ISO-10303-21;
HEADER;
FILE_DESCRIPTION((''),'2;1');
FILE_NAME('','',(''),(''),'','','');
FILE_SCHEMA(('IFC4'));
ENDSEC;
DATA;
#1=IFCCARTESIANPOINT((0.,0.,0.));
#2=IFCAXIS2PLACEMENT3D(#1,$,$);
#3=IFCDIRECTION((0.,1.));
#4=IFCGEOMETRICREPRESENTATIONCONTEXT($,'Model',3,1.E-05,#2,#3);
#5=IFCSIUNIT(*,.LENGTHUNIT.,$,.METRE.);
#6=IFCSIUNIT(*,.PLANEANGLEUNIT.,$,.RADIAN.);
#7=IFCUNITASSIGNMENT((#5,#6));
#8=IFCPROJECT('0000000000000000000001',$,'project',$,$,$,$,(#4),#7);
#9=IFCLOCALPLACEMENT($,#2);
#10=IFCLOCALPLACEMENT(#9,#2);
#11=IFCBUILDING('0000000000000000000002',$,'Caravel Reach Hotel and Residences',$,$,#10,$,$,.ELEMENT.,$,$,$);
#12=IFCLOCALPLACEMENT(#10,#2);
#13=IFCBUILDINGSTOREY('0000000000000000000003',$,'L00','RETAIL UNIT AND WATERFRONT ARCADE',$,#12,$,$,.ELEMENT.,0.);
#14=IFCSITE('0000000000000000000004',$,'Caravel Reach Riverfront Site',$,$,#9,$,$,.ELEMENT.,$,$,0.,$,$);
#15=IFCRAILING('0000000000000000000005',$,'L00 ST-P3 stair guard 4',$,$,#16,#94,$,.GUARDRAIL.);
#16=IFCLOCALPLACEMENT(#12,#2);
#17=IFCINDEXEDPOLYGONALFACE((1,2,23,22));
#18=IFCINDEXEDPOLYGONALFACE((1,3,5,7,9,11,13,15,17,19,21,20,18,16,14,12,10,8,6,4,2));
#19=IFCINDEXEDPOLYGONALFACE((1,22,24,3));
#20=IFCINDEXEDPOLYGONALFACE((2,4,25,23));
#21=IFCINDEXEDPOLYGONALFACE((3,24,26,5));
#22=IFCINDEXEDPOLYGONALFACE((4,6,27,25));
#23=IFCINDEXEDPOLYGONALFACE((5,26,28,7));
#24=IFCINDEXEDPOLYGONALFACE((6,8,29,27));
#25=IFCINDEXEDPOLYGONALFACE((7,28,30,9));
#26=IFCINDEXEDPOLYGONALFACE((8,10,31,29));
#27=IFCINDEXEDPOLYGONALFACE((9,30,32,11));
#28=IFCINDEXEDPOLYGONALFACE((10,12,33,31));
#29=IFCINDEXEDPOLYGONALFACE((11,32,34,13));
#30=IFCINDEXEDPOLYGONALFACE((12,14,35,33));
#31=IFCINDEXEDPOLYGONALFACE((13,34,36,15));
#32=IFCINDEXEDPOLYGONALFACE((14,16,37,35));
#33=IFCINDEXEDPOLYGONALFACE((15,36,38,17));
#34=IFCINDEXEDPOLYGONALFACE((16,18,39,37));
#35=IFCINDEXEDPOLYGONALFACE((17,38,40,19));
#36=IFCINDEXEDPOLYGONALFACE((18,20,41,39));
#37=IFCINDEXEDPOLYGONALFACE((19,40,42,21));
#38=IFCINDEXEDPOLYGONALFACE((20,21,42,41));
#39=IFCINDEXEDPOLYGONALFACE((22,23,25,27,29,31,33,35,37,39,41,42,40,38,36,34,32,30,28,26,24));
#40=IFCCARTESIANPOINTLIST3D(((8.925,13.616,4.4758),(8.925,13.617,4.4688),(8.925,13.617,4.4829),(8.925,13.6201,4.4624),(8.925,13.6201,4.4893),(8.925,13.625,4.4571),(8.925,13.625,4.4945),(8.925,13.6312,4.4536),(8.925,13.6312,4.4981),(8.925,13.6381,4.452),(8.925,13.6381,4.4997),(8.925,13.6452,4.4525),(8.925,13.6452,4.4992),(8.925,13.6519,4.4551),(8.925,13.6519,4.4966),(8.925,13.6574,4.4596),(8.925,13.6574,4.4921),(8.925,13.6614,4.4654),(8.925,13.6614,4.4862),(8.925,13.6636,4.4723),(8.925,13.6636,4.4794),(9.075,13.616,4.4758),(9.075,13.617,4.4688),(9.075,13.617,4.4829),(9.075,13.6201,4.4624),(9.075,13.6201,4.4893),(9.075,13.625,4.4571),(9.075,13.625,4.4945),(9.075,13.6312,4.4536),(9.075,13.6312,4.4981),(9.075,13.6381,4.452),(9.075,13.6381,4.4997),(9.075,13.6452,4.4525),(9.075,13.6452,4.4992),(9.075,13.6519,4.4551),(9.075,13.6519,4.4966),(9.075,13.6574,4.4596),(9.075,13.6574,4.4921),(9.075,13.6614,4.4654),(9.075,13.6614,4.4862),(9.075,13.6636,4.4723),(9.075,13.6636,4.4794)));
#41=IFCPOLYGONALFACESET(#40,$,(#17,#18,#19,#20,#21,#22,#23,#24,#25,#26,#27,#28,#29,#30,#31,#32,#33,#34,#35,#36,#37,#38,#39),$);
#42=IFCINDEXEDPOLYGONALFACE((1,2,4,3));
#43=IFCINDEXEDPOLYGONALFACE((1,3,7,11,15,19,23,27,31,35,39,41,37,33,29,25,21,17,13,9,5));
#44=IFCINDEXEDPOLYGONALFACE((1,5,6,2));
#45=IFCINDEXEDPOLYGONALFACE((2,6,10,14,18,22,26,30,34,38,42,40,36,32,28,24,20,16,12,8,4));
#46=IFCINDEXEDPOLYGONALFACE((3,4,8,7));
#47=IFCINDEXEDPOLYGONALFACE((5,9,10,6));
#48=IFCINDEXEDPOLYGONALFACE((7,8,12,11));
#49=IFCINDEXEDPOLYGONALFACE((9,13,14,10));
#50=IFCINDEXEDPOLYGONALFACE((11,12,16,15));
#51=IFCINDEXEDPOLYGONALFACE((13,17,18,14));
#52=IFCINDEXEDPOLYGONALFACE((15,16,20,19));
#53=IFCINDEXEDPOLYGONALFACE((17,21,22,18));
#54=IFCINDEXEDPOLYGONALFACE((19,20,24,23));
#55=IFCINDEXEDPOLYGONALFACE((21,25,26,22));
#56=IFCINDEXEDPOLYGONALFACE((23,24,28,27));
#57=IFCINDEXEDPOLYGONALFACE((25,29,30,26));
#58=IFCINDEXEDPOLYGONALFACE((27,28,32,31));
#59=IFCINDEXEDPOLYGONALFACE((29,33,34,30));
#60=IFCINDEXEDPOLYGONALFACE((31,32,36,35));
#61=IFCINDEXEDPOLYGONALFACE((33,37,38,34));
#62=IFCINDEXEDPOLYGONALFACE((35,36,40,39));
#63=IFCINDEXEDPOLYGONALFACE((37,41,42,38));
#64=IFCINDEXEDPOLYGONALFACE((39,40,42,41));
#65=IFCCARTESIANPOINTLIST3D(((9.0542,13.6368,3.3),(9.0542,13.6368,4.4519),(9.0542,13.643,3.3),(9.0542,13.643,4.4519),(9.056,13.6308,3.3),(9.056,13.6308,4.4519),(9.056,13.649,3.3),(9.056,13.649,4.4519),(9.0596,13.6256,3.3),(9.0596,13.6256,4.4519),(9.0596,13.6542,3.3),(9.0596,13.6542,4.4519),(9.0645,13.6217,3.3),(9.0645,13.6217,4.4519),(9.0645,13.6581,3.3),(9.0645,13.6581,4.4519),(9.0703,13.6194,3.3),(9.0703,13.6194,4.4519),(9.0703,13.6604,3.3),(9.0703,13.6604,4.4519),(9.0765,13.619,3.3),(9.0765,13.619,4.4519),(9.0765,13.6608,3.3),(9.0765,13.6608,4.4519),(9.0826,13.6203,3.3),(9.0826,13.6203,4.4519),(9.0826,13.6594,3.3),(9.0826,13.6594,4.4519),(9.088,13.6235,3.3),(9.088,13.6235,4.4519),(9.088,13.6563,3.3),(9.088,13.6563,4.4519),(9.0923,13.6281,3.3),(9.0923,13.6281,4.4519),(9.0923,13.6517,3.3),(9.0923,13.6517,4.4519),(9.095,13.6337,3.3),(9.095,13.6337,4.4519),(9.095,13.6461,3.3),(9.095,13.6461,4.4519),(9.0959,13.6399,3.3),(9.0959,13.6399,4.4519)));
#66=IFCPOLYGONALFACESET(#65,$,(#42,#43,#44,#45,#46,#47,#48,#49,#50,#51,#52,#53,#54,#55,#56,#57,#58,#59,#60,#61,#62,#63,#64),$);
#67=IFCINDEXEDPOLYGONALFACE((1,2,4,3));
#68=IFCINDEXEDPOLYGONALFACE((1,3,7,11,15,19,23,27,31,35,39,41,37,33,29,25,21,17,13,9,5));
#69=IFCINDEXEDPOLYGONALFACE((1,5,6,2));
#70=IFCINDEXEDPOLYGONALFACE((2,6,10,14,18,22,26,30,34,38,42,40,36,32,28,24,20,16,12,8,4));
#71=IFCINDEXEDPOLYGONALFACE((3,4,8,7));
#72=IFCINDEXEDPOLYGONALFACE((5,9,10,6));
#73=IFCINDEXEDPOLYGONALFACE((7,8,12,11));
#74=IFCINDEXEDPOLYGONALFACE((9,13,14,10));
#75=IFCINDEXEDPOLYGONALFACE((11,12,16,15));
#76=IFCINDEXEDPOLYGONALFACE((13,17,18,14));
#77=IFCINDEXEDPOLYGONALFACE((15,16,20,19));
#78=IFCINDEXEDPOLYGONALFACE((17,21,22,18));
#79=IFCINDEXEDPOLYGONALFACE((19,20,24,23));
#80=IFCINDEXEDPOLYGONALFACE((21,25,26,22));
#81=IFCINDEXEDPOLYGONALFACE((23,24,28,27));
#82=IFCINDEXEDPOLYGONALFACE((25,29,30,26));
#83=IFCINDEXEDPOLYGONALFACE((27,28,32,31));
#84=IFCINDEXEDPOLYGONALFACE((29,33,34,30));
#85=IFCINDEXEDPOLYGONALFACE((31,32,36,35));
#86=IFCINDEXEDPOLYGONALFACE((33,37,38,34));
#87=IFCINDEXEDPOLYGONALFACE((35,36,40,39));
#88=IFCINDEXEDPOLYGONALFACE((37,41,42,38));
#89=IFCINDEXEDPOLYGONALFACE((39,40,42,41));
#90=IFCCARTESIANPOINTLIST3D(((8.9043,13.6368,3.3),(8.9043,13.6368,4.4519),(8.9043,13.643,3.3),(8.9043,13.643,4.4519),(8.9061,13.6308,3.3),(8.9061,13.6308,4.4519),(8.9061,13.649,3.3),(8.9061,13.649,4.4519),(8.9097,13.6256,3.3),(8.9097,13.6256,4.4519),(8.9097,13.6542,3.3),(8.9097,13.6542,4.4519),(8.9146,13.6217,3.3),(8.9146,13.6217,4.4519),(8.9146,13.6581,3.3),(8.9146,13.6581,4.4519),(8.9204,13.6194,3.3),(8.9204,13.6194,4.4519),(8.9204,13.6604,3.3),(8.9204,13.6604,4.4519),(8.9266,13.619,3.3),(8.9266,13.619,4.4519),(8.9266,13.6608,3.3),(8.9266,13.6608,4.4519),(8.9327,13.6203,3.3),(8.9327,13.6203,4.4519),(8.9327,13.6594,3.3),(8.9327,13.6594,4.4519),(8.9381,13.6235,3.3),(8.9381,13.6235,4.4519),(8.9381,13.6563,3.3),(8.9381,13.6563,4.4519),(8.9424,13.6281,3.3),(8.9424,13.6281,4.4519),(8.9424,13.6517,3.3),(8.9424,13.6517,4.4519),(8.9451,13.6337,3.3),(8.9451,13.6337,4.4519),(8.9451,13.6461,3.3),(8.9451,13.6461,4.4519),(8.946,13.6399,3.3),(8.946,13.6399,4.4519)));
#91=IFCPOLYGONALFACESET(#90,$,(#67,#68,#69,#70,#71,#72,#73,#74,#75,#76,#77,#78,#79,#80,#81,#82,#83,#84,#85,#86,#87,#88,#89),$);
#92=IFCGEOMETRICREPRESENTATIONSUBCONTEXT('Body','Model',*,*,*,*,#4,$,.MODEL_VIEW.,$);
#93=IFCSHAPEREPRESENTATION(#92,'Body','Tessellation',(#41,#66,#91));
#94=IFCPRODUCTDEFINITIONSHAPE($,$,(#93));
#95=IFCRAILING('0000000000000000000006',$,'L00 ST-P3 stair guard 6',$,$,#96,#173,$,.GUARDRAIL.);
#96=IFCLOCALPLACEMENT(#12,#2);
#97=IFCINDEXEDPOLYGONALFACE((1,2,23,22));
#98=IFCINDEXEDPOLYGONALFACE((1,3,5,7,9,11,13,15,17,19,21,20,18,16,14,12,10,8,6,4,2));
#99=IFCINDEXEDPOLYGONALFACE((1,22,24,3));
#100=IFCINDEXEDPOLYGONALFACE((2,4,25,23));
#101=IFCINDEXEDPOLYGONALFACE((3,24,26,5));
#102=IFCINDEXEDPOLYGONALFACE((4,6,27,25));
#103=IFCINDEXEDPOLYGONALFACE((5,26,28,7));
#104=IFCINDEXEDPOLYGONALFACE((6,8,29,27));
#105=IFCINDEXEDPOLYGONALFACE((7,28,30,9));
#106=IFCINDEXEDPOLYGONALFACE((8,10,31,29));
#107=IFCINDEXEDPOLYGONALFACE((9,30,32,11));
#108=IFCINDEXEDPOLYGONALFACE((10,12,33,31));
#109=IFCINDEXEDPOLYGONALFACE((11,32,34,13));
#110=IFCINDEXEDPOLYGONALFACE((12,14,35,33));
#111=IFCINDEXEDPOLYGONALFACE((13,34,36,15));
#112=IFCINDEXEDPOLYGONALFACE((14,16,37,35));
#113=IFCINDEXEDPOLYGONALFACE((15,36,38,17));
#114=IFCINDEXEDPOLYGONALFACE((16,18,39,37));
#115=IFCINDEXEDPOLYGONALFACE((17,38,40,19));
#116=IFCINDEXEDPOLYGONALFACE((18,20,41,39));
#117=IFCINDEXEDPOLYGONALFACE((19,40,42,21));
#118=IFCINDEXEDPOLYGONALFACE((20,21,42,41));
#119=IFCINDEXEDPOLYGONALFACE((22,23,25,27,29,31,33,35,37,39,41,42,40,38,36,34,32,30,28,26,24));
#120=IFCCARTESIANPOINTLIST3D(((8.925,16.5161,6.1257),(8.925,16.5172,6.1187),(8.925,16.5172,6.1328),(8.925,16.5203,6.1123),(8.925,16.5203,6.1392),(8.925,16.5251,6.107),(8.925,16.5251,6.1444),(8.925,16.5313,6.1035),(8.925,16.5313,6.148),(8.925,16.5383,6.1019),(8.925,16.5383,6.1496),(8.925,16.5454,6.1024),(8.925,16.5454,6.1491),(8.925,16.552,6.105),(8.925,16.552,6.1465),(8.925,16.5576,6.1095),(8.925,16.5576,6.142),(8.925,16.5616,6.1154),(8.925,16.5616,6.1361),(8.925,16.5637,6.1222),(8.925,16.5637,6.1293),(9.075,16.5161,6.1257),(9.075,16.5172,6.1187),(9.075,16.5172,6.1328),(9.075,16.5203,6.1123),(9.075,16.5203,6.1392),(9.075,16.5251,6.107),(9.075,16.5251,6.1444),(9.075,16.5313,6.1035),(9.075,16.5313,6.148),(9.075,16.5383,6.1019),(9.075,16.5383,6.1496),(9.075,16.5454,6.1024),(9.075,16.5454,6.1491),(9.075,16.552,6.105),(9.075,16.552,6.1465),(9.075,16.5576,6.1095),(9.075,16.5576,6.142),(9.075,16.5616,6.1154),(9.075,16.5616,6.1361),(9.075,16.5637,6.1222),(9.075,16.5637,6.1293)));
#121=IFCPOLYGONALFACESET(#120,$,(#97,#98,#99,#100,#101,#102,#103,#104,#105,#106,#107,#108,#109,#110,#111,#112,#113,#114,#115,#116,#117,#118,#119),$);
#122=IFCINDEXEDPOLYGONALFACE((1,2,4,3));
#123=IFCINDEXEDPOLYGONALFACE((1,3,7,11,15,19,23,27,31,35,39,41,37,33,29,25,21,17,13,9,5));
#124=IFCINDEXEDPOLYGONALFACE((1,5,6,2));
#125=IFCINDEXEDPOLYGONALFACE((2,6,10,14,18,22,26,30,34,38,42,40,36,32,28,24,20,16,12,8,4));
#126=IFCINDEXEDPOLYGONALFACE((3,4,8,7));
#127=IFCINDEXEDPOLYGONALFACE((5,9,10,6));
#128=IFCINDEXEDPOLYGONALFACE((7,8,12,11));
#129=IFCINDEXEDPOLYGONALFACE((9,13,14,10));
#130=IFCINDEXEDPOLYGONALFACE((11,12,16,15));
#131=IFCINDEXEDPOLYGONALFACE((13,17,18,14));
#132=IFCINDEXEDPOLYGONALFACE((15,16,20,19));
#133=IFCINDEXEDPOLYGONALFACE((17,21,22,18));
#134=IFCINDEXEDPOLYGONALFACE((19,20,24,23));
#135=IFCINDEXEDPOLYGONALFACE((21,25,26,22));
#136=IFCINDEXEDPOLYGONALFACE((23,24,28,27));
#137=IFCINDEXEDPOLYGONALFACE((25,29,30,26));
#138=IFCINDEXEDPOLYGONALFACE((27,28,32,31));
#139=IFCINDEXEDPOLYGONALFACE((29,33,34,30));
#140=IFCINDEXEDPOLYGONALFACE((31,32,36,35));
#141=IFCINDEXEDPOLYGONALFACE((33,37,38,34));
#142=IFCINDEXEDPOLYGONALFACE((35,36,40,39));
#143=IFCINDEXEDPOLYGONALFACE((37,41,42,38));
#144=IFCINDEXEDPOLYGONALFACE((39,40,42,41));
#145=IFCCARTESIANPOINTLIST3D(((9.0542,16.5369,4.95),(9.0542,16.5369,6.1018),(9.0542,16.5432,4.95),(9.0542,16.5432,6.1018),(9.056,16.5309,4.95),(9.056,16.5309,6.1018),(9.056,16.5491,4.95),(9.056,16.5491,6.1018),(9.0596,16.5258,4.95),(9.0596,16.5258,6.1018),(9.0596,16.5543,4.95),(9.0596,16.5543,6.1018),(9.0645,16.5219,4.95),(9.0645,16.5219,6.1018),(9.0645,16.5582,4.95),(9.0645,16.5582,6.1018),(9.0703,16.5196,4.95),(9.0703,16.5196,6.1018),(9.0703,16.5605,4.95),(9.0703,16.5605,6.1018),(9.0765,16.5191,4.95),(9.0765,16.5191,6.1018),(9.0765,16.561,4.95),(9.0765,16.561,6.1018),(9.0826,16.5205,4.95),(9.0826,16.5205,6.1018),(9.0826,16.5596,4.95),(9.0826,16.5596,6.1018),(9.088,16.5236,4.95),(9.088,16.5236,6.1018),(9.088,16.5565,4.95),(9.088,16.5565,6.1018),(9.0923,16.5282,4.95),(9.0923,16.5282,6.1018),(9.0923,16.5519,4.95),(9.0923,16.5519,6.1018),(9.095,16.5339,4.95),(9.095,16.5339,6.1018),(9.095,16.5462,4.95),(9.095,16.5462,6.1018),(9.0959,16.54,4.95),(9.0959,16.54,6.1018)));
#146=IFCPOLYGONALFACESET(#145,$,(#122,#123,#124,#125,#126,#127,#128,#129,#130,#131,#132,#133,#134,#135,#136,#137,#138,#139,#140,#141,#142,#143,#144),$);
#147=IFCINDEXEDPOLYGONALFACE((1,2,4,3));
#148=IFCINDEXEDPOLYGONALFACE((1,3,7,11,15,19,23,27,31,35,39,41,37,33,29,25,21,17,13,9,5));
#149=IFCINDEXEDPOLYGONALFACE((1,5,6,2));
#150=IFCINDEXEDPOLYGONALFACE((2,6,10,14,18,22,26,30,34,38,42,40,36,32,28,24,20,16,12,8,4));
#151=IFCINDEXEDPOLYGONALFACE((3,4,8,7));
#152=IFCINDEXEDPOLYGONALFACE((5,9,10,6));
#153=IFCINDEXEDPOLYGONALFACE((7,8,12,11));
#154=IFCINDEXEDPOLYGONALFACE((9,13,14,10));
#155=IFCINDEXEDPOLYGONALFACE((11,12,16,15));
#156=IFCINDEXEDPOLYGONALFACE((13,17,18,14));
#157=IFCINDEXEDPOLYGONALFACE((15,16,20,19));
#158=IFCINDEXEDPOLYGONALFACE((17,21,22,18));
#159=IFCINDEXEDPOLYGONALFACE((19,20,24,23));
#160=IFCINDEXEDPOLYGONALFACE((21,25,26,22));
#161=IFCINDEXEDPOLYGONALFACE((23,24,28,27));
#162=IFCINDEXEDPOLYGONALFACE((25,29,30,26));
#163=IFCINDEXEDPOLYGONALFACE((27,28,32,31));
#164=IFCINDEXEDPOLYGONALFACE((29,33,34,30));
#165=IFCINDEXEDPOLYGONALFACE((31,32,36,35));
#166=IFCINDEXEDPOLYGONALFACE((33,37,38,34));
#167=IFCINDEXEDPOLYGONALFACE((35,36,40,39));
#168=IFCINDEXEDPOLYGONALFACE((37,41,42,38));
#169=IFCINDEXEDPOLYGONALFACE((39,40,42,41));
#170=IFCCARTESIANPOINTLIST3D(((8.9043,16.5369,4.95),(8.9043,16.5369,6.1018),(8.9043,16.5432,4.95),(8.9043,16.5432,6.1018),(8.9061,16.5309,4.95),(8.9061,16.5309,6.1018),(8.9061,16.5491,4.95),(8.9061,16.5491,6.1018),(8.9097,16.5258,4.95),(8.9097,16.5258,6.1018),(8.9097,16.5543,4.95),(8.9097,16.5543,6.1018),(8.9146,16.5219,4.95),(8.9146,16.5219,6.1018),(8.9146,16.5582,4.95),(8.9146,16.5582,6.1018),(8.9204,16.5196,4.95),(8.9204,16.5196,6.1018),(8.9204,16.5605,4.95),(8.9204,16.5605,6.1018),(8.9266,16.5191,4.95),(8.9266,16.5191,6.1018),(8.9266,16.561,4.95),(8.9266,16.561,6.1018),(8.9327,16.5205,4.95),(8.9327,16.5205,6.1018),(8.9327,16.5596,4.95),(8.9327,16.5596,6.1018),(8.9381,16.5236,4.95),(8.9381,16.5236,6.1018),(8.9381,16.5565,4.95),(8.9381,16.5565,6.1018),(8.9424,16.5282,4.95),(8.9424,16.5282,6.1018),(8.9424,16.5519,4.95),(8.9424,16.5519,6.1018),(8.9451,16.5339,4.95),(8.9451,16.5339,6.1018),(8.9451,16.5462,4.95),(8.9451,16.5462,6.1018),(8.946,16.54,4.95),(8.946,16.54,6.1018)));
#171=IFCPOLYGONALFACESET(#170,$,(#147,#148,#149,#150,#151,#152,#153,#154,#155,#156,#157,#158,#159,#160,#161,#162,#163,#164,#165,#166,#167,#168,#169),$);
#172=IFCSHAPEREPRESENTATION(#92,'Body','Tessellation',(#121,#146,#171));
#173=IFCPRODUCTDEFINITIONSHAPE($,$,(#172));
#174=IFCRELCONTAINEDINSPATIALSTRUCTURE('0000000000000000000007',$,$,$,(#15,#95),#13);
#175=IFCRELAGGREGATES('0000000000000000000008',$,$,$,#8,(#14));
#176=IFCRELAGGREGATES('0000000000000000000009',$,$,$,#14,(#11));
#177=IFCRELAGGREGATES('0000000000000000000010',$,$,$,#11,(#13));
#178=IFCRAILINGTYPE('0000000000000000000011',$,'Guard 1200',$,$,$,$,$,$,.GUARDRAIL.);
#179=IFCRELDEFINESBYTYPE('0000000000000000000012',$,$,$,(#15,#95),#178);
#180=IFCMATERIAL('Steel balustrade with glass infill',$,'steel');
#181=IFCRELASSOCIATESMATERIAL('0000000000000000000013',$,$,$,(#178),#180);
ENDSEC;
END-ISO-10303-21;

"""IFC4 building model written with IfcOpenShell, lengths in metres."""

from ifc_helpers import new_model, si_unit, direction, frame, origin, origin_2d, place, context, subcontext, project, spatial, circle, extrude, material, type_object, element, save


model = new_model("IFC4")

# Units and contexts
model_context = context("Model", 3, precision=1e-05, world=origin(), true_north=direction((0.0, 1.0)))
body_context = subcontext(model_context, "Body", "Model", "MODEL_VIEW")
ifc_project = project(units=[si_unit("LENGTHUNIT", "METRE"), si_unit("PLANEANGLEUNIT", "RADIAN")], contexts=[model_context])

# Site, building, storey
site_placement = place(None, origin())
site = spatial("IfcSite", under=ifc_project, at=site_placement, Name="Caravel Reach Riverfront Site", CompositionType="ELEMENT", RefElevation=0.0)
building_placement = place(site_placement, origin())
building = spatial("IfcBuilding", under=site, at=building_placement, Name="Caravel Reach Hotel and Residences", CompositionType="ELEMENT")
storey_placement = place(building_placement, origin())
storey = spatial("IfcBuildingStorey", under=building, at=storey_placement, Name="L00", Description="RETAIL UNIT AND WATERFRONT ARCADE", CompositionType="ELEMENT", Elevation=0.0)

# Railings
ifc_material_1 = material(Name="Steel balustrade with glass infill", Category="steel")
railing_type_1 = type_object("IfcRailingType", Name="Guard 1200", PredefinedType="GUARDRAIL", material=ifc_material_1)
for number, where, name in (
    (1, (9.075, 13.6399, 3.3), "L00 ST-P3 stair guard 4"),
    (2, (9.075, 16.54, 4.95), "L00 ST-P3 stair guard 6"),
):
    element("IfcRailing", number, at=place(storey_placement, frame(where)), inside=storey, type_object=railing_type_1, Name=name, PredefinedType="GUARDRAIL", context=body_context, shape_type="SweptSolid", body=[
        extrude(circle(Radius=0.0239, at=origin_2d()), frame((0.0, 0.0, 1.1758), z_axis=(-1.0, 0.0, 0.0), x_axis=(0.0, -1.0, 0.0)), (0.0, 0.0, 1.0), 0.1499),
        extrude(circle(Radius=0.021, at=origin_2d()), origin(), (0.0, 0.0, 1.0), 1.1519),
        extrude(circle(Radius=0.021, at=origin_2d()), frame((-0.1499, 0.0, 0.0)), (0.0, 0.0, 1.0), 1.1519),
    ])

save(model, "model.ifc")
